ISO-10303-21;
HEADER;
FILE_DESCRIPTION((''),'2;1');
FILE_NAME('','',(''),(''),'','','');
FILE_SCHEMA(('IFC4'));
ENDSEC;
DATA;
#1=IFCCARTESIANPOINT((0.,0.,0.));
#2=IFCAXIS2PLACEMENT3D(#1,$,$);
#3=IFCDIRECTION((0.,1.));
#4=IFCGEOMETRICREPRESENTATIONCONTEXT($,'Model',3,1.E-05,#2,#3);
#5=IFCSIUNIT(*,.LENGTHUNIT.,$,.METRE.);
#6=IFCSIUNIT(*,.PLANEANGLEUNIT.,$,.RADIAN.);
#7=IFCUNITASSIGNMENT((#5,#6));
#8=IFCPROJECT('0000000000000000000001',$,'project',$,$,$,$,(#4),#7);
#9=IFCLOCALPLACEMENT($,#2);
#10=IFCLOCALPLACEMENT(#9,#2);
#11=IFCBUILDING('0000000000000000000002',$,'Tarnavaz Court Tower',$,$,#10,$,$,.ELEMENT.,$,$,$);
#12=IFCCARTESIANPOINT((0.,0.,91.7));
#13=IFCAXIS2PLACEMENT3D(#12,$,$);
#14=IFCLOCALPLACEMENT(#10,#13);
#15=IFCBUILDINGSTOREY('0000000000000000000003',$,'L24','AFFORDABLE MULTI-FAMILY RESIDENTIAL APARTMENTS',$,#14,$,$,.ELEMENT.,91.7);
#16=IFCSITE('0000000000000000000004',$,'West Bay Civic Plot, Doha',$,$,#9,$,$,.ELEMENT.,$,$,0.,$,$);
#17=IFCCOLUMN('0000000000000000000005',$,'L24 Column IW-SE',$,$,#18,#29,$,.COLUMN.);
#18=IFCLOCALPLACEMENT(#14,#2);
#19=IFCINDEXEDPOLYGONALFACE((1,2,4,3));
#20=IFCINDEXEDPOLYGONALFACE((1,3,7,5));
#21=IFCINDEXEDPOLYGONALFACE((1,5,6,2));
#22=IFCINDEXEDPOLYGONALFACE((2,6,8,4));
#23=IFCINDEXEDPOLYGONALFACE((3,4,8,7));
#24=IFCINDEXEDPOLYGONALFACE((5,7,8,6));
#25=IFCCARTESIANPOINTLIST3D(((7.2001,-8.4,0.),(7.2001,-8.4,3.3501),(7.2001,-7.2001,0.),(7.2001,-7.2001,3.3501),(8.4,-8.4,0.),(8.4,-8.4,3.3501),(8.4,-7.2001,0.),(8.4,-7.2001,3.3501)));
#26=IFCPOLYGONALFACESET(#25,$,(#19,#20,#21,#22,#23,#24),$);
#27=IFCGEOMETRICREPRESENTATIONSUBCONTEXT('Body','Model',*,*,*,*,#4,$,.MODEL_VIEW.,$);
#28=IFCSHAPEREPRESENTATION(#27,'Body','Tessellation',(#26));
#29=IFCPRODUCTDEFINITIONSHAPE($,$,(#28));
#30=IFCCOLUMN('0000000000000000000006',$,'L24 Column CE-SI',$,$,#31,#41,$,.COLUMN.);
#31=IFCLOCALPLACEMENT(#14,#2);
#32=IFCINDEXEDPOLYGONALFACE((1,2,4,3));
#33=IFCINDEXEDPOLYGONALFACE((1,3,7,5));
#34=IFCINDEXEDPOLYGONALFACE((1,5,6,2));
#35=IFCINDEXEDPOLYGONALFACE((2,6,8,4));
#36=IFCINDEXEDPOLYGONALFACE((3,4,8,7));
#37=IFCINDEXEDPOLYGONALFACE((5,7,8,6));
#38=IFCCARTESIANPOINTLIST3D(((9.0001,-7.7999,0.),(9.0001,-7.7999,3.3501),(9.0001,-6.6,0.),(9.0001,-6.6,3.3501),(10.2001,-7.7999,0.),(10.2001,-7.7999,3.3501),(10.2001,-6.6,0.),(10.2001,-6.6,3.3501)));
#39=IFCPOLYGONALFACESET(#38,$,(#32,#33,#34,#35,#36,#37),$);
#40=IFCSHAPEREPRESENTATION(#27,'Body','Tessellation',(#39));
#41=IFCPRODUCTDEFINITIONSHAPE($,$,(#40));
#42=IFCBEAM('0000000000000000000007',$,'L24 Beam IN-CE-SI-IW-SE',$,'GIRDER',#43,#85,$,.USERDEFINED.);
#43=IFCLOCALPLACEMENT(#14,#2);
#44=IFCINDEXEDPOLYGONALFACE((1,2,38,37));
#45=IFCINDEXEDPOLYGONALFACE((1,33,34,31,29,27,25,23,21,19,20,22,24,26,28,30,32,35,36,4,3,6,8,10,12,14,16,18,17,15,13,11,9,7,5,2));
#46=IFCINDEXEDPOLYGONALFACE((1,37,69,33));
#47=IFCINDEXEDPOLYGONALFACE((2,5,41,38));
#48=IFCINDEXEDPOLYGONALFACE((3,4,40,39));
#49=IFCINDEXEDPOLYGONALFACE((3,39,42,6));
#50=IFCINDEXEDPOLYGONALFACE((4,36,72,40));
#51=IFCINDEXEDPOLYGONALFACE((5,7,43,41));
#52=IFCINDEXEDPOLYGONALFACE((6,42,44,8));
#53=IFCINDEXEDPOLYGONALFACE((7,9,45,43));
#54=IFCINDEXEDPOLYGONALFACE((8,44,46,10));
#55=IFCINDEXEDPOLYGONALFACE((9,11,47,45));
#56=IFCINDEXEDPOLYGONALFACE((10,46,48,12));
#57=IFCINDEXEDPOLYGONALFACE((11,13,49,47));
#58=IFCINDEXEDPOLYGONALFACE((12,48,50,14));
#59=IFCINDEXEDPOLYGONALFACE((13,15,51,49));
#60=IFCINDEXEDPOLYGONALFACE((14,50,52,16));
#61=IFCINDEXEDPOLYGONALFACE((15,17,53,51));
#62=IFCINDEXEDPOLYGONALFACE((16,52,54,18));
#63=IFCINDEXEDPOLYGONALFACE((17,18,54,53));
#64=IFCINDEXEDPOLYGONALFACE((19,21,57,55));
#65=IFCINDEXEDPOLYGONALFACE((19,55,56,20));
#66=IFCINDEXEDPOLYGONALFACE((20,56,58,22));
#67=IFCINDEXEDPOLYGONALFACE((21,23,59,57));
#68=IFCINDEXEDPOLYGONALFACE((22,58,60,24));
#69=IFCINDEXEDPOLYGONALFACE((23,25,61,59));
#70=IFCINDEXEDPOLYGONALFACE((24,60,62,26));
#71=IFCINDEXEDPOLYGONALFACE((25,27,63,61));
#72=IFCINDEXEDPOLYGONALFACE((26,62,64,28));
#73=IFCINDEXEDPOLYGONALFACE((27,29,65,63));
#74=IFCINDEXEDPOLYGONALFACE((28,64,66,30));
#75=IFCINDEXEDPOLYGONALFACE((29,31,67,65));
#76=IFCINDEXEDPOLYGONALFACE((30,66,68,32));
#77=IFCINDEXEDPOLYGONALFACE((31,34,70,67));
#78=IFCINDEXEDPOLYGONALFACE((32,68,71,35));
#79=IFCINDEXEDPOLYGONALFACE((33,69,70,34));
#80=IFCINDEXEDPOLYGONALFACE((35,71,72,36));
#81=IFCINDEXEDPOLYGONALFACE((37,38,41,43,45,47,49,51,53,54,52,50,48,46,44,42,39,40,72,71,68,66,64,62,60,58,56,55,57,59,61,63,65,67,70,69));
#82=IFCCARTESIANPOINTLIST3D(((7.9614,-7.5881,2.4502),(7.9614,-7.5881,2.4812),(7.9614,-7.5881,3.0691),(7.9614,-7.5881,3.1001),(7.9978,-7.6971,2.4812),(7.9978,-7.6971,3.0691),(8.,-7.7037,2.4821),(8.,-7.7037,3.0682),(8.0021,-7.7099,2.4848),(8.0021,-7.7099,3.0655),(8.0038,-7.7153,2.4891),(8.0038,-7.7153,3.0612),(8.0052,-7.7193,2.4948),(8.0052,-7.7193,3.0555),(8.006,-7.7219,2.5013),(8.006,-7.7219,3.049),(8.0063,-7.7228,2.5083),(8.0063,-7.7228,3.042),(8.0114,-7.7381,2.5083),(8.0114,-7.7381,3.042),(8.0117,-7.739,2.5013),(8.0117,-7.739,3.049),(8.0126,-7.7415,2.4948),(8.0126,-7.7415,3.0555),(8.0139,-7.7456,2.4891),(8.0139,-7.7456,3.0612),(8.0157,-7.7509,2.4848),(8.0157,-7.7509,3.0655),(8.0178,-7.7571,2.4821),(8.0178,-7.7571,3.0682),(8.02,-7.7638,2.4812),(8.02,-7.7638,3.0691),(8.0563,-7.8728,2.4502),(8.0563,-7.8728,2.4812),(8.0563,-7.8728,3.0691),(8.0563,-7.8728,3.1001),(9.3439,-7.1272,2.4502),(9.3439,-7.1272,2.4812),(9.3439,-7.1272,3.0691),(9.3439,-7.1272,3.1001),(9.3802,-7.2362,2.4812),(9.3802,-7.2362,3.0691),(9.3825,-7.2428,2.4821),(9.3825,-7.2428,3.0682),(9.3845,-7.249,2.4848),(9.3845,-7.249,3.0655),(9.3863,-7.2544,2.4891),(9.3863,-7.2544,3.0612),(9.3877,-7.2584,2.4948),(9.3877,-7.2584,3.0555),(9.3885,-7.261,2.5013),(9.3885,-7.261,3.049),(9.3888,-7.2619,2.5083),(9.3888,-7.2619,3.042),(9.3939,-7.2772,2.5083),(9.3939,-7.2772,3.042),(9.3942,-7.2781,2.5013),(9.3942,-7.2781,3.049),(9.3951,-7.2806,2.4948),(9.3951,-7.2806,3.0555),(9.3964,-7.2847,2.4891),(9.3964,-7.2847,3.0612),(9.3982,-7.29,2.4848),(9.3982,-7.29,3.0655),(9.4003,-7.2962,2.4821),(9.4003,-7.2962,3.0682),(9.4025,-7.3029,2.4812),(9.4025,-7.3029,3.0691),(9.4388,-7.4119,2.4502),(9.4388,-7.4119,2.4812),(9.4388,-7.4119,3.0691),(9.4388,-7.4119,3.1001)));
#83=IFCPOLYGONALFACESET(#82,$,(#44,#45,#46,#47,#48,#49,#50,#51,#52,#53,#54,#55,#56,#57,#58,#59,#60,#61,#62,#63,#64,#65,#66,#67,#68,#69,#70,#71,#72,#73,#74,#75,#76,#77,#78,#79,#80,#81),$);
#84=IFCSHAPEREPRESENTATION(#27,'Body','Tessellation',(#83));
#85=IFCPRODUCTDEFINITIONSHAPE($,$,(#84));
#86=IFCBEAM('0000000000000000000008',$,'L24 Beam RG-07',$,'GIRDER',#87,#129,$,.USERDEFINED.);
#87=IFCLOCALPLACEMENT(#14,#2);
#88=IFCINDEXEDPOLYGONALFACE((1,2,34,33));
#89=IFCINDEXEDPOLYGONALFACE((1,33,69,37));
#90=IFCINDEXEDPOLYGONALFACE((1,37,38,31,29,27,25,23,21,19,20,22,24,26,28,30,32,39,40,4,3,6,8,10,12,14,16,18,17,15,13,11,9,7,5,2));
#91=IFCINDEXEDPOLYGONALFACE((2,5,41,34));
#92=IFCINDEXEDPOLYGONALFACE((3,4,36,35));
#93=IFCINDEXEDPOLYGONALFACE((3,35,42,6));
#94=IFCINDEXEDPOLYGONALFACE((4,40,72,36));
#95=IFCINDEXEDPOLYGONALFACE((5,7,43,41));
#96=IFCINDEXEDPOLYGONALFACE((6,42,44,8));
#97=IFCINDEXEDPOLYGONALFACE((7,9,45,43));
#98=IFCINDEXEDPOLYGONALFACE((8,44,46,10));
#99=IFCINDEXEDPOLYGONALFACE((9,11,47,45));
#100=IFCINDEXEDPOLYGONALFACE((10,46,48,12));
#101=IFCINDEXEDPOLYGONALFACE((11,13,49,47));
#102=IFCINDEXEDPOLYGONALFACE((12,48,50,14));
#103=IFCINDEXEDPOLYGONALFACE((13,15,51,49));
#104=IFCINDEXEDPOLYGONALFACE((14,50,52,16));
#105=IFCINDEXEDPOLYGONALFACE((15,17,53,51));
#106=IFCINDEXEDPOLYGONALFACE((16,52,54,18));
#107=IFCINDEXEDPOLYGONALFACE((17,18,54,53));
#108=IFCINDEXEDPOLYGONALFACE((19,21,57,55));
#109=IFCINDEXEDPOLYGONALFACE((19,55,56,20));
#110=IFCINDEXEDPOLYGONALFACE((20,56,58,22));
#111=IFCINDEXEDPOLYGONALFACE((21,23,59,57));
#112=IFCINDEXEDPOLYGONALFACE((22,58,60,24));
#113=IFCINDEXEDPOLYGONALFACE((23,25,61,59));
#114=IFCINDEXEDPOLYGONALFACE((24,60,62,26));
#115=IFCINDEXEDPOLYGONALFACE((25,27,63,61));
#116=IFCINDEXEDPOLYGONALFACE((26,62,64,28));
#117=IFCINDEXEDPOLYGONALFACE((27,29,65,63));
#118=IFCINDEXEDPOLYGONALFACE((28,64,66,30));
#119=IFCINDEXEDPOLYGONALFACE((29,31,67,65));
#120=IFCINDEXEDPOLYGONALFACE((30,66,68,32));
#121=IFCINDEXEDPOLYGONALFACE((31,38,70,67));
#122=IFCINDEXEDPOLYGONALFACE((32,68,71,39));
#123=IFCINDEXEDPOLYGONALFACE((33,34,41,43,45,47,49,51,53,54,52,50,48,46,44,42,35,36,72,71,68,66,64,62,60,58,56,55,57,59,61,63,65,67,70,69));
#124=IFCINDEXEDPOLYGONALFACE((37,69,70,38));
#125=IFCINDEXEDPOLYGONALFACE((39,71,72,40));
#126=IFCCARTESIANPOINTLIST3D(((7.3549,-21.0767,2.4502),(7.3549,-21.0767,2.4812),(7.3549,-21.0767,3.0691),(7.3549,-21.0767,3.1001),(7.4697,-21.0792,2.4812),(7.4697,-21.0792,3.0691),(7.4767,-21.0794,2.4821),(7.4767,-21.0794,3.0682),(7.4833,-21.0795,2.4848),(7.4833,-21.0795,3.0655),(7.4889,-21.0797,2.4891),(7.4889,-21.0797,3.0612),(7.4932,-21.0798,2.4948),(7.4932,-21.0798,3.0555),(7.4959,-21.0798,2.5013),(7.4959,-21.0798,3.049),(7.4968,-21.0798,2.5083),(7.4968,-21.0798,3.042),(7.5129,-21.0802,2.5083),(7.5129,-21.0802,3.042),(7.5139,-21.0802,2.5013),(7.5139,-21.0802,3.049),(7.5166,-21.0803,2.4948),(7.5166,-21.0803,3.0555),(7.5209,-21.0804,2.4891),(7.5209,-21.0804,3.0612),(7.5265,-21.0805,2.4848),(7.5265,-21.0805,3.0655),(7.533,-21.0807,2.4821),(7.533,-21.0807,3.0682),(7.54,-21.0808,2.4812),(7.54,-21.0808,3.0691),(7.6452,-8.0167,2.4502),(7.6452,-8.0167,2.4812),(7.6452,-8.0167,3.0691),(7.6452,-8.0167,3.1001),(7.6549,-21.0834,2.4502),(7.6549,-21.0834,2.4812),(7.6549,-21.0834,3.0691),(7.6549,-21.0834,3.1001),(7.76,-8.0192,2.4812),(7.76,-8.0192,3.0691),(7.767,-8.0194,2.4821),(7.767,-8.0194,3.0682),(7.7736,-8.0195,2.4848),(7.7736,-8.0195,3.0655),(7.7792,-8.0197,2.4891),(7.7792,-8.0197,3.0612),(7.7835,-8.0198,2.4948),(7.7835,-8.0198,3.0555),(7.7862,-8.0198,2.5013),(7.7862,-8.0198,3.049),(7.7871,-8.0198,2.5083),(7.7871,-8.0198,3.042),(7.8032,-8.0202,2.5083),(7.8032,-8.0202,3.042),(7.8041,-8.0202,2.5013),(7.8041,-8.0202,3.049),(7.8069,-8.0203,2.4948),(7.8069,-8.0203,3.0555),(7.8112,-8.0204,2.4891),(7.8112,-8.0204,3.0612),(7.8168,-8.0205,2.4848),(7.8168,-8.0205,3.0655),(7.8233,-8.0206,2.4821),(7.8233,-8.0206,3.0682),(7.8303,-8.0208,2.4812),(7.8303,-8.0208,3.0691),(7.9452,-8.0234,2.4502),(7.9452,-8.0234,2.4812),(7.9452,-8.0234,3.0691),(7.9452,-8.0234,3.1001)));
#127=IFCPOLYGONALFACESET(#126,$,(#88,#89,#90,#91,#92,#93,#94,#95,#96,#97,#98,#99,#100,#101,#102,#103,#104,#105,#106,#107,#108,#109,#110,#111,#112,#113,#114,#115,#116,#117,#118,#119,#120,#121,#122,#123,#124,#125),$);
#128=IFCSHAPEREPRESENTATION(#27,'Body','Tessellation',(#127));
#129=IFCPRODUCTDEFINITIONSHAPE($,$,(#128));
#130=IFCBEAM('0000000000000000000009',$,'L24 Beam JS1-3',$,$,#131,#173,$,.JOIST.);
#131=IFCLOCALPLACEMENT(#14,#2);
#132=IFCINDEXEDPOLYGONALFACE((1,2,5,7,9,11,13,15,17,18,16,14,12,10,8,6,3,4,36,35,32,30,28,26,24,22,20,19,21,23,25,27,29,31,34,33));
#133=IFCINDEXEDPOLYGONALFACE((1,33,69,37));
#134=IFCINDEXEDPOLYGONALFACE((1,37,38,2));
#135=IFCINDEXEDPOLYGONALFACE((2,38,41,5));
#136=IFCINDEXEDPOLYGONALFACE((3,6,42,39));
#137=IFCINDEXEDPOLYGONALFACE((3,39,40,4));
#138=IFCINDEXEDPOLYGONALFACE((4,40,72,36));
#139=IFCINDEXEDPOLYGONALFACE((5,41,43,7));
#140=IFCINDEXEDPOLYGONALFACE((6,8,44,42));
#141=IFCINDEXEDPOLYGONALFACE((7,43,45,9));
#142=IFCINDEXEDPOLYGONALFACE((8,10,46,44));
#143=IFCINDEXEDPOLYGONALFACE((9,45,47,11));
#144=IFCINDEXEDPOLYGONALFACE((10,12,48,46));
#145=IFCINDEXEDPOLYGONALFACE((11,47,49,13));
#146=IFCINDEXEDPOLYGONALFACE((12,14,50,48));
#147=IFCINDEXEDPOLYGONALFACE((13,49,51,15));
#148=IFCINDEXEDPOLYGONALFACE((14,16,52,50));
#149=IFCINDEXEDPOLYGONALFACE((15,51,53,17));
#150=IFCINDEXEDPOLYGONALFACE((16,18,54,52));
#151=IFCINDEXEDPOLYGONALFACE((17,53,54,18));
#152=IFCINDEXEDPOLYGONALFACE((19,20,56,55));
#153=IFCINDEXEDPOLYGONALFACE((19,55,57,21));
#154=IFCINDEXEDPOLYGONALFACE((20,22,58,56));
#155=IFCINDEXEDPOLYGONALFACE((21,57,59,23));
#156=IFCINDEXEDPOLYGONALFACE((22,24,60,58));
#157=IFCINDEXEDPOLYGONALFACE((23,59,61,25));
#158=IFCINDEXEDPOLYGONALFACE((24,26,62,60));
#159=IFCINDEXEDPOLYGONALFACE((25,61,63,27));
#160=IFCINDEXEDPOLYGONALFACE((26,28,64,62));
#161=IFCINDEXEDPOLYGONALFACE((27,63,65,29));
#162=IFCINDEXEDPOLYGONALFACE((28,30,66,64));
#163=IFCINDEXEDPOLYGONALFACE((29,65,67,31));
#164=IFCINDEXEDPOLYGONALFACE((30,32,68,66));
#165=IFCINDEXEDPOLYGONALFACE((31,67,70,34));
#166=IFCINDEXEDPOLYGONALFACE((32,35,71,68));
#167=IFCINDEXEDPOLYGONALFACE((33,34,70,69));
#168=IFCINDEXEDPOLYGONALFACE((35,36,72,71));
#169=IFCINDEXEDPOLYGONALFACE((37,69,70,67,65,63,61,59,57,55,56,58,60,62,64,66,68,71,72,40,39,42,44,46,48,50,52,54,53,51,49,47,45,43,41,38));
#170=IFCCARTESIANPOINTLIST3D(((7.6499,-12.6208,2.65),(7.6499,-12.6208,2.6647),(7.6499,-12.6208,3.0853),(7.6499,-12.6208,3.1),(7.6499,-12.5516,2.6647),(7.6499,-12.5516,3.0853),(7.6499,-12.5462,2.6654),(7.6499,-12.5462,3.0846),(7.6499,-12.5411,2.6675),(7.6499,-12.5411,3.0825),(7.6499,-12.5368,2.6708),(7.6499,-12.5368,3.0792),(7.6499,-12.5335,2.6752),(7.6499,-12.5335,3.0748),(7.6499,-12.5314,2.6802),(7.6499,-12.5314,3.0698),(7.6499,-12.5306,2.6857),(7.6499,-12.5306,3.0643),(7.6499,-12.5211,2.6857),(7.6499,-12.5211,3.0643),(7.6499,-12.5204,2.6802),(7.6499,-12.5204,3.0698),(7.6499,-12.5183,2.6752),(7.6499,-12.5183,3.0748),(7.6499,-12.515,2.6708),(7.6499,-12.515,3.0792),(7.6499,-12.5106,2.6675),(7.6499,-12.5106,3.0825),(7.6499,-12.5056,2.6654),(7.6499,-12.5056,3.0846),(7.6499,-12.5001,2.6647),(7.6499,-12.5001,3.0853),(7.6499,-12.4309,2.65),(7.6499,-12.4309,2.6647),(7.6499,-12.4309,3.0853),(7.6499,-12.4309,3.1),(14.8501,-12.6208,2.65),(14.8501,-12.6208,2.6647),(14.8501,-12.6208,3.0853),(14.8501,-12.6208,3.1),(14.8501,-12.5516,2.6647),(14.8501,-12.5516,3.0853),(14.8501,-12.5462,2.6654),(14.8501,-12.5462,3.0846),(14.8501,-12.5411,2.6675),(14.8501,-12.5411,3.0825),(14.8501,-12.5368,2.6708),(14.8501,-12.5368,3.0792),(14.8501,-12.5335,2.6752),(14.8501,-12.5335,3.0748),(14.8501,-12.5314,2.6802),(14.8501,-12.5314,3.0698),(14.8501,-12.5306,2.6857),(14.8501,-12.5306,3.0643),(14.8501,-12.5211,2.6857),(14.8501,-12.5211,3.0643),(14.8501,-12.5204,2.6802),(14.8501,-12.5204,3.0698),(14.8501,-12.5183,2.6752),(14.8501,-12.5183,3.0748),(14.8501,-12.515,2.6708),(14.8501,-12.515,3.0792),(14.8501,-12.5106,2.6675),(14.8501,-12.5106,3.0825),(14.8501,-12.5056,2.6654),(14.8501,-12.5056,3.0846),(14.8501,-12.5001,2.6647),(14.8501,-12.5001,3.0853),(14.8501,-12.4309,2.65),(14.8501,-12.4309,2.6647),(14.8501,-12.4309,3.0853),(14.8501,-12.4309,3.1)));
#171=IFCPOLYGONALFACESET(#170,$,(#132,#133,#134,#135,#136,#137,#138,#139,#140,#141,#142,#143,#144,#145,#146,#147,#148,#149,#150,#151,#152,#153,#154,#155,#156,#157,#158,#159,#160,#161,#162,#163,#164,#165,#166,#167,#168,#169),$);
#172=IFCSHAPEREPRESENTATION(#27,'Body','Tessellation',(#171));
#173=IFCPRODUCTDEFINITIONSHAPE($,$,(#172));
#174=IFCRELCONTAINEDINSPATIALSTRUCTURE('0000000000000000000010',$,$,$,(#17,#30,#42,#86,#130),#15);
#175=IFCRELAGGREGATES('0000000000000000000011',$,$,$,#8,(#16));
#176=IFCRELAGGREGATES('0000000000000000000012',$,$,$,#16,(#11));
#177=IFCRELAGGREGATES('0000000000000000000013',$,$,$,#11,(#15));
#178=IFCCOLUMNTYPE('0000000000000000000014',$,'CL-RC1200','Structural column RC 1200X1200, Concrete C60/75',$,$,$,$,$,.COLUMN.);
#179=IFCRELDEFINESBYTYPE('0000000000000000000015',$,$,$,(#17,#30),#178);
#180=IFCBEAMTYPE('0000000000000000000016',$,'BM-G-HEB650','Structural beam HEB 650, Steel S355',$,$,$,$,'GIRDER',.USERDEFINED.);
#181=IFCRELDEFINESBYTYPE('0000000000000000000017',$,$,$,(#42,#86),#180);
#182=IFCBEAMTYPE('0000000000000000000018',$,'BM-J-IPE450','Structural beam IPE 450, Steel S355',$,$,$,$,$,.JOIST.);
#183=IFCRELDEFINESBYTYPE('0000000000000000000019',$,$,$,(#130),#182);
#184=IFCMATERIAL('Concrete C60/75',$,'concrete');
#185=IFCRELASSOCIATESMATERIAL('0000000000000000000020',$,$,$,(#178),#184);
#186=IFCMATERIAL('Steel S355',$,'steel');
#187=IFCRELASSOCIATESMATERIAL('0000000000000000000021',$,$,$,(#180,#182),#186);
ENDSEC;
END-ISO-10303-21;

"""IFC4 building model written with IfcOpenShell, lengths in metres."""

from ifc_helpers import new_model, si_unit, direction, frame, origin, origin_2d, place, context, subcontext, project, spatial, rectangle, i_section, extrude, material, material_profile, profile_set, type_object, element, save


model = new_model("IFC4")

# Units and contexts
model_context = context("Model", 3, precision=1e-05, world=origin(), true_north=direction((0.0, 1.0)))
body_context = subcontext(model_context, "Body", "Model", "MODEL_VIEW")
ifc_project = project(units=[si_unit("LENGTHUNIT", "METRE"), si_unit("PLANEANGLEUNIT", "RADIAN")], contexts=[model_context])

# Site, building, storey
site_placement = place(None, origin())
site = spatial("IfcSite", under=ifc_project, at=site_placement, Name="West Bay Civic Plot, Doha", CompositionType="ELEMENT", RefElevation=0.0)
building_placement = place(site_placement, origin())
building = spatial("IfcBuilding", under=site, at=building_placement, Name="Tarnavaz Court Tower", CompositionType="ELEMENT")
storey_placement = place(building_placement, frame((0.0, 0.0, 91.7)))
storey = spatial("IfcBuildingStorey", under=building, at=storey_placement, Name="L24", Description="AFFORDABLE MULTI-FAMILY RESIDENTIAL APARTMENTS", CompositionType="ELEMENT", Elevation=91.7)

# Columns
ifc_material_1 = material(Name="Concrete C60/75", Category="concrete")
ifc_material_profile_1 = material_profile(ifc_material_1, rectangle(XDim=1.2, YDim=1.2, at=origin_2d()), Name="RC 1200X1200")
ifc_profile_set_1 = profile_set([ifc_material_profile_1], Name="Concrete C60/75")
column_type = type_object("IfcColumnType", Name="CL-RC1200", Description="Structural column RC 1200X1200, Concrete C60/75", PredefinedType="COLUMN", material=ifc_profile_set_1)
for number, where, z_axis, x_axis, name in (
    (1, (7.8, -7.8, 0.0), (0.0, 0.0, 1.0), (1.0, 0.0, 0.0), "L24 Column IW-SE"),
    (2, (9.6001, -7.2, 0.0), (0.0, 0.0, 1.0), (1.0, 0.0, 0.0), "L24 Column CE-SI"),
):
    element("IfcColumn", number, at=place(storey_placement, frame(where, z_axis=z_axis, x_axis=x_axis)), inside=storey, type_object=column_type, Name=name, PredefinedType="COLUMN", context=body_context, shape_type="SweptSolid", body=[
        extrude(rectangle(XDim=1.2, YDim=1.2, at=origin_2d()), origin(), (0.0, 0.0, 1.0), 3.3501),
    ])

# Beams
ifc_material_2 = material(Name="Steel S355", Category="steel")
ifc_material_profile_2 = material_profile(ifc_material_2, i_section(OverallWidth=0.3, OverallDepth=0.6499, WebThickness=0.0161, FlangeThickness=0.031, FilletRadius=0.0271, at=origin_2d()), Name="HEB 650")
ifc_profile_set_2 = profile_set([ifc_material_profile_2], Name="Steel S355")
beam_type_1 = type_object("IfcBeamType", Name="BM-G-HEB650", Description="Structural beam HEB 650, Steel S355", ElementType="GIRDER", PredefinedType="USERDEFINED", material=ifc_profile_set_2)
beam_1_placement = place(storey_placement, frame((9.3914, -7.2695, 2.7751), z_axis=(-0.948667, -0.316278, 0.0), x_axis=(0.316278, -0.948667, 0.0)))
element("IfcBeam", 3, at=beam_1_placement, inside=storey, type_object=beam_type_1, Name="L24 Beam IN-CE-SI-IW-SE", ObjectType="GIRDER", PredefinedType="USERDEFINED", context=body_context, shape_type="SweptSolid", body=[
    extrude(i_section(OverallWidth=0.3, OverallDepth=0.6499, WebThickness=0.0161, FlangeThickness=0.031, FilletRadius=0.0271, at=origin_2d()), origin(), (0.0, 0.0, 1.0), 1.4573),
])
beam_2_placement = place(storey_placement, frame((7.7952, -8.02, 2.7751), z_axis=(-0.022221, -0.999753, 0.0), x_axis=(0.999753, -0.022221, 0.0)))
element("IfcBeam", 4, at=beam_2_placement, inside=storey, type_object=beam_type_1, Name="L24 Beam RG-07", ObjectType="GIRDER", PredefinedType="USERDEFINED", context=body_context, shape_type="SweptSolid", body=[
    extrude(i_section(OverallWidth=0.3, OverallDepth=0.6499, WebThickness=0.0161, FlangeThickness=0.031, FilletRadius=0.0271, at=origin_2d()), origin(), (0.0, 0.0, 1.0), 13.0632),
])
ifc_material_profile_3 = material_profile(ifc_material_2, i_section(OverallWidth=0.1899, OverallDepth=0.45, WebThickness=0.0095, FlangeThickness=0.0146, FilletRadius=0.021, at=origin_2d()), Name="IPE 450")
ifc_profile_set_3 = profile_set([ifc_material_profile_3], Name="Steel S355")
beam_type_2 = type_object("IfcBeamType", Name="BM-J-IPE450", Description="Structural beam IPE 450, Steel S355", PredefinedType="JOIST", material=ifc_profile_set_3)
beam_3_placement = place(storey_placement, frame((7.6499, -12.5259, 2.875), z_axis=(1.0, 0.0, 0.0), x_axis=(0.0, 1.0, 0.0)))
element("IfcBeam", 5, at=beam_3_placement, inside=storey, type_object=beam_type_2, Name="L24 Beam JS1-3", PredefinedType="JOIST", context=body_context, shape_type="SweptSolid", body=[
    extrude(i_section(OverallWidth=0.1899, OverallDepth=0.45, WebThickness=0.0095, FlangeThickness=0.0146, FilletRadius=0.021, at=origin_2d()), origin(), (0.0, 0.0, 1.0), 7.2002),
])

save(model, "model.ifc")
